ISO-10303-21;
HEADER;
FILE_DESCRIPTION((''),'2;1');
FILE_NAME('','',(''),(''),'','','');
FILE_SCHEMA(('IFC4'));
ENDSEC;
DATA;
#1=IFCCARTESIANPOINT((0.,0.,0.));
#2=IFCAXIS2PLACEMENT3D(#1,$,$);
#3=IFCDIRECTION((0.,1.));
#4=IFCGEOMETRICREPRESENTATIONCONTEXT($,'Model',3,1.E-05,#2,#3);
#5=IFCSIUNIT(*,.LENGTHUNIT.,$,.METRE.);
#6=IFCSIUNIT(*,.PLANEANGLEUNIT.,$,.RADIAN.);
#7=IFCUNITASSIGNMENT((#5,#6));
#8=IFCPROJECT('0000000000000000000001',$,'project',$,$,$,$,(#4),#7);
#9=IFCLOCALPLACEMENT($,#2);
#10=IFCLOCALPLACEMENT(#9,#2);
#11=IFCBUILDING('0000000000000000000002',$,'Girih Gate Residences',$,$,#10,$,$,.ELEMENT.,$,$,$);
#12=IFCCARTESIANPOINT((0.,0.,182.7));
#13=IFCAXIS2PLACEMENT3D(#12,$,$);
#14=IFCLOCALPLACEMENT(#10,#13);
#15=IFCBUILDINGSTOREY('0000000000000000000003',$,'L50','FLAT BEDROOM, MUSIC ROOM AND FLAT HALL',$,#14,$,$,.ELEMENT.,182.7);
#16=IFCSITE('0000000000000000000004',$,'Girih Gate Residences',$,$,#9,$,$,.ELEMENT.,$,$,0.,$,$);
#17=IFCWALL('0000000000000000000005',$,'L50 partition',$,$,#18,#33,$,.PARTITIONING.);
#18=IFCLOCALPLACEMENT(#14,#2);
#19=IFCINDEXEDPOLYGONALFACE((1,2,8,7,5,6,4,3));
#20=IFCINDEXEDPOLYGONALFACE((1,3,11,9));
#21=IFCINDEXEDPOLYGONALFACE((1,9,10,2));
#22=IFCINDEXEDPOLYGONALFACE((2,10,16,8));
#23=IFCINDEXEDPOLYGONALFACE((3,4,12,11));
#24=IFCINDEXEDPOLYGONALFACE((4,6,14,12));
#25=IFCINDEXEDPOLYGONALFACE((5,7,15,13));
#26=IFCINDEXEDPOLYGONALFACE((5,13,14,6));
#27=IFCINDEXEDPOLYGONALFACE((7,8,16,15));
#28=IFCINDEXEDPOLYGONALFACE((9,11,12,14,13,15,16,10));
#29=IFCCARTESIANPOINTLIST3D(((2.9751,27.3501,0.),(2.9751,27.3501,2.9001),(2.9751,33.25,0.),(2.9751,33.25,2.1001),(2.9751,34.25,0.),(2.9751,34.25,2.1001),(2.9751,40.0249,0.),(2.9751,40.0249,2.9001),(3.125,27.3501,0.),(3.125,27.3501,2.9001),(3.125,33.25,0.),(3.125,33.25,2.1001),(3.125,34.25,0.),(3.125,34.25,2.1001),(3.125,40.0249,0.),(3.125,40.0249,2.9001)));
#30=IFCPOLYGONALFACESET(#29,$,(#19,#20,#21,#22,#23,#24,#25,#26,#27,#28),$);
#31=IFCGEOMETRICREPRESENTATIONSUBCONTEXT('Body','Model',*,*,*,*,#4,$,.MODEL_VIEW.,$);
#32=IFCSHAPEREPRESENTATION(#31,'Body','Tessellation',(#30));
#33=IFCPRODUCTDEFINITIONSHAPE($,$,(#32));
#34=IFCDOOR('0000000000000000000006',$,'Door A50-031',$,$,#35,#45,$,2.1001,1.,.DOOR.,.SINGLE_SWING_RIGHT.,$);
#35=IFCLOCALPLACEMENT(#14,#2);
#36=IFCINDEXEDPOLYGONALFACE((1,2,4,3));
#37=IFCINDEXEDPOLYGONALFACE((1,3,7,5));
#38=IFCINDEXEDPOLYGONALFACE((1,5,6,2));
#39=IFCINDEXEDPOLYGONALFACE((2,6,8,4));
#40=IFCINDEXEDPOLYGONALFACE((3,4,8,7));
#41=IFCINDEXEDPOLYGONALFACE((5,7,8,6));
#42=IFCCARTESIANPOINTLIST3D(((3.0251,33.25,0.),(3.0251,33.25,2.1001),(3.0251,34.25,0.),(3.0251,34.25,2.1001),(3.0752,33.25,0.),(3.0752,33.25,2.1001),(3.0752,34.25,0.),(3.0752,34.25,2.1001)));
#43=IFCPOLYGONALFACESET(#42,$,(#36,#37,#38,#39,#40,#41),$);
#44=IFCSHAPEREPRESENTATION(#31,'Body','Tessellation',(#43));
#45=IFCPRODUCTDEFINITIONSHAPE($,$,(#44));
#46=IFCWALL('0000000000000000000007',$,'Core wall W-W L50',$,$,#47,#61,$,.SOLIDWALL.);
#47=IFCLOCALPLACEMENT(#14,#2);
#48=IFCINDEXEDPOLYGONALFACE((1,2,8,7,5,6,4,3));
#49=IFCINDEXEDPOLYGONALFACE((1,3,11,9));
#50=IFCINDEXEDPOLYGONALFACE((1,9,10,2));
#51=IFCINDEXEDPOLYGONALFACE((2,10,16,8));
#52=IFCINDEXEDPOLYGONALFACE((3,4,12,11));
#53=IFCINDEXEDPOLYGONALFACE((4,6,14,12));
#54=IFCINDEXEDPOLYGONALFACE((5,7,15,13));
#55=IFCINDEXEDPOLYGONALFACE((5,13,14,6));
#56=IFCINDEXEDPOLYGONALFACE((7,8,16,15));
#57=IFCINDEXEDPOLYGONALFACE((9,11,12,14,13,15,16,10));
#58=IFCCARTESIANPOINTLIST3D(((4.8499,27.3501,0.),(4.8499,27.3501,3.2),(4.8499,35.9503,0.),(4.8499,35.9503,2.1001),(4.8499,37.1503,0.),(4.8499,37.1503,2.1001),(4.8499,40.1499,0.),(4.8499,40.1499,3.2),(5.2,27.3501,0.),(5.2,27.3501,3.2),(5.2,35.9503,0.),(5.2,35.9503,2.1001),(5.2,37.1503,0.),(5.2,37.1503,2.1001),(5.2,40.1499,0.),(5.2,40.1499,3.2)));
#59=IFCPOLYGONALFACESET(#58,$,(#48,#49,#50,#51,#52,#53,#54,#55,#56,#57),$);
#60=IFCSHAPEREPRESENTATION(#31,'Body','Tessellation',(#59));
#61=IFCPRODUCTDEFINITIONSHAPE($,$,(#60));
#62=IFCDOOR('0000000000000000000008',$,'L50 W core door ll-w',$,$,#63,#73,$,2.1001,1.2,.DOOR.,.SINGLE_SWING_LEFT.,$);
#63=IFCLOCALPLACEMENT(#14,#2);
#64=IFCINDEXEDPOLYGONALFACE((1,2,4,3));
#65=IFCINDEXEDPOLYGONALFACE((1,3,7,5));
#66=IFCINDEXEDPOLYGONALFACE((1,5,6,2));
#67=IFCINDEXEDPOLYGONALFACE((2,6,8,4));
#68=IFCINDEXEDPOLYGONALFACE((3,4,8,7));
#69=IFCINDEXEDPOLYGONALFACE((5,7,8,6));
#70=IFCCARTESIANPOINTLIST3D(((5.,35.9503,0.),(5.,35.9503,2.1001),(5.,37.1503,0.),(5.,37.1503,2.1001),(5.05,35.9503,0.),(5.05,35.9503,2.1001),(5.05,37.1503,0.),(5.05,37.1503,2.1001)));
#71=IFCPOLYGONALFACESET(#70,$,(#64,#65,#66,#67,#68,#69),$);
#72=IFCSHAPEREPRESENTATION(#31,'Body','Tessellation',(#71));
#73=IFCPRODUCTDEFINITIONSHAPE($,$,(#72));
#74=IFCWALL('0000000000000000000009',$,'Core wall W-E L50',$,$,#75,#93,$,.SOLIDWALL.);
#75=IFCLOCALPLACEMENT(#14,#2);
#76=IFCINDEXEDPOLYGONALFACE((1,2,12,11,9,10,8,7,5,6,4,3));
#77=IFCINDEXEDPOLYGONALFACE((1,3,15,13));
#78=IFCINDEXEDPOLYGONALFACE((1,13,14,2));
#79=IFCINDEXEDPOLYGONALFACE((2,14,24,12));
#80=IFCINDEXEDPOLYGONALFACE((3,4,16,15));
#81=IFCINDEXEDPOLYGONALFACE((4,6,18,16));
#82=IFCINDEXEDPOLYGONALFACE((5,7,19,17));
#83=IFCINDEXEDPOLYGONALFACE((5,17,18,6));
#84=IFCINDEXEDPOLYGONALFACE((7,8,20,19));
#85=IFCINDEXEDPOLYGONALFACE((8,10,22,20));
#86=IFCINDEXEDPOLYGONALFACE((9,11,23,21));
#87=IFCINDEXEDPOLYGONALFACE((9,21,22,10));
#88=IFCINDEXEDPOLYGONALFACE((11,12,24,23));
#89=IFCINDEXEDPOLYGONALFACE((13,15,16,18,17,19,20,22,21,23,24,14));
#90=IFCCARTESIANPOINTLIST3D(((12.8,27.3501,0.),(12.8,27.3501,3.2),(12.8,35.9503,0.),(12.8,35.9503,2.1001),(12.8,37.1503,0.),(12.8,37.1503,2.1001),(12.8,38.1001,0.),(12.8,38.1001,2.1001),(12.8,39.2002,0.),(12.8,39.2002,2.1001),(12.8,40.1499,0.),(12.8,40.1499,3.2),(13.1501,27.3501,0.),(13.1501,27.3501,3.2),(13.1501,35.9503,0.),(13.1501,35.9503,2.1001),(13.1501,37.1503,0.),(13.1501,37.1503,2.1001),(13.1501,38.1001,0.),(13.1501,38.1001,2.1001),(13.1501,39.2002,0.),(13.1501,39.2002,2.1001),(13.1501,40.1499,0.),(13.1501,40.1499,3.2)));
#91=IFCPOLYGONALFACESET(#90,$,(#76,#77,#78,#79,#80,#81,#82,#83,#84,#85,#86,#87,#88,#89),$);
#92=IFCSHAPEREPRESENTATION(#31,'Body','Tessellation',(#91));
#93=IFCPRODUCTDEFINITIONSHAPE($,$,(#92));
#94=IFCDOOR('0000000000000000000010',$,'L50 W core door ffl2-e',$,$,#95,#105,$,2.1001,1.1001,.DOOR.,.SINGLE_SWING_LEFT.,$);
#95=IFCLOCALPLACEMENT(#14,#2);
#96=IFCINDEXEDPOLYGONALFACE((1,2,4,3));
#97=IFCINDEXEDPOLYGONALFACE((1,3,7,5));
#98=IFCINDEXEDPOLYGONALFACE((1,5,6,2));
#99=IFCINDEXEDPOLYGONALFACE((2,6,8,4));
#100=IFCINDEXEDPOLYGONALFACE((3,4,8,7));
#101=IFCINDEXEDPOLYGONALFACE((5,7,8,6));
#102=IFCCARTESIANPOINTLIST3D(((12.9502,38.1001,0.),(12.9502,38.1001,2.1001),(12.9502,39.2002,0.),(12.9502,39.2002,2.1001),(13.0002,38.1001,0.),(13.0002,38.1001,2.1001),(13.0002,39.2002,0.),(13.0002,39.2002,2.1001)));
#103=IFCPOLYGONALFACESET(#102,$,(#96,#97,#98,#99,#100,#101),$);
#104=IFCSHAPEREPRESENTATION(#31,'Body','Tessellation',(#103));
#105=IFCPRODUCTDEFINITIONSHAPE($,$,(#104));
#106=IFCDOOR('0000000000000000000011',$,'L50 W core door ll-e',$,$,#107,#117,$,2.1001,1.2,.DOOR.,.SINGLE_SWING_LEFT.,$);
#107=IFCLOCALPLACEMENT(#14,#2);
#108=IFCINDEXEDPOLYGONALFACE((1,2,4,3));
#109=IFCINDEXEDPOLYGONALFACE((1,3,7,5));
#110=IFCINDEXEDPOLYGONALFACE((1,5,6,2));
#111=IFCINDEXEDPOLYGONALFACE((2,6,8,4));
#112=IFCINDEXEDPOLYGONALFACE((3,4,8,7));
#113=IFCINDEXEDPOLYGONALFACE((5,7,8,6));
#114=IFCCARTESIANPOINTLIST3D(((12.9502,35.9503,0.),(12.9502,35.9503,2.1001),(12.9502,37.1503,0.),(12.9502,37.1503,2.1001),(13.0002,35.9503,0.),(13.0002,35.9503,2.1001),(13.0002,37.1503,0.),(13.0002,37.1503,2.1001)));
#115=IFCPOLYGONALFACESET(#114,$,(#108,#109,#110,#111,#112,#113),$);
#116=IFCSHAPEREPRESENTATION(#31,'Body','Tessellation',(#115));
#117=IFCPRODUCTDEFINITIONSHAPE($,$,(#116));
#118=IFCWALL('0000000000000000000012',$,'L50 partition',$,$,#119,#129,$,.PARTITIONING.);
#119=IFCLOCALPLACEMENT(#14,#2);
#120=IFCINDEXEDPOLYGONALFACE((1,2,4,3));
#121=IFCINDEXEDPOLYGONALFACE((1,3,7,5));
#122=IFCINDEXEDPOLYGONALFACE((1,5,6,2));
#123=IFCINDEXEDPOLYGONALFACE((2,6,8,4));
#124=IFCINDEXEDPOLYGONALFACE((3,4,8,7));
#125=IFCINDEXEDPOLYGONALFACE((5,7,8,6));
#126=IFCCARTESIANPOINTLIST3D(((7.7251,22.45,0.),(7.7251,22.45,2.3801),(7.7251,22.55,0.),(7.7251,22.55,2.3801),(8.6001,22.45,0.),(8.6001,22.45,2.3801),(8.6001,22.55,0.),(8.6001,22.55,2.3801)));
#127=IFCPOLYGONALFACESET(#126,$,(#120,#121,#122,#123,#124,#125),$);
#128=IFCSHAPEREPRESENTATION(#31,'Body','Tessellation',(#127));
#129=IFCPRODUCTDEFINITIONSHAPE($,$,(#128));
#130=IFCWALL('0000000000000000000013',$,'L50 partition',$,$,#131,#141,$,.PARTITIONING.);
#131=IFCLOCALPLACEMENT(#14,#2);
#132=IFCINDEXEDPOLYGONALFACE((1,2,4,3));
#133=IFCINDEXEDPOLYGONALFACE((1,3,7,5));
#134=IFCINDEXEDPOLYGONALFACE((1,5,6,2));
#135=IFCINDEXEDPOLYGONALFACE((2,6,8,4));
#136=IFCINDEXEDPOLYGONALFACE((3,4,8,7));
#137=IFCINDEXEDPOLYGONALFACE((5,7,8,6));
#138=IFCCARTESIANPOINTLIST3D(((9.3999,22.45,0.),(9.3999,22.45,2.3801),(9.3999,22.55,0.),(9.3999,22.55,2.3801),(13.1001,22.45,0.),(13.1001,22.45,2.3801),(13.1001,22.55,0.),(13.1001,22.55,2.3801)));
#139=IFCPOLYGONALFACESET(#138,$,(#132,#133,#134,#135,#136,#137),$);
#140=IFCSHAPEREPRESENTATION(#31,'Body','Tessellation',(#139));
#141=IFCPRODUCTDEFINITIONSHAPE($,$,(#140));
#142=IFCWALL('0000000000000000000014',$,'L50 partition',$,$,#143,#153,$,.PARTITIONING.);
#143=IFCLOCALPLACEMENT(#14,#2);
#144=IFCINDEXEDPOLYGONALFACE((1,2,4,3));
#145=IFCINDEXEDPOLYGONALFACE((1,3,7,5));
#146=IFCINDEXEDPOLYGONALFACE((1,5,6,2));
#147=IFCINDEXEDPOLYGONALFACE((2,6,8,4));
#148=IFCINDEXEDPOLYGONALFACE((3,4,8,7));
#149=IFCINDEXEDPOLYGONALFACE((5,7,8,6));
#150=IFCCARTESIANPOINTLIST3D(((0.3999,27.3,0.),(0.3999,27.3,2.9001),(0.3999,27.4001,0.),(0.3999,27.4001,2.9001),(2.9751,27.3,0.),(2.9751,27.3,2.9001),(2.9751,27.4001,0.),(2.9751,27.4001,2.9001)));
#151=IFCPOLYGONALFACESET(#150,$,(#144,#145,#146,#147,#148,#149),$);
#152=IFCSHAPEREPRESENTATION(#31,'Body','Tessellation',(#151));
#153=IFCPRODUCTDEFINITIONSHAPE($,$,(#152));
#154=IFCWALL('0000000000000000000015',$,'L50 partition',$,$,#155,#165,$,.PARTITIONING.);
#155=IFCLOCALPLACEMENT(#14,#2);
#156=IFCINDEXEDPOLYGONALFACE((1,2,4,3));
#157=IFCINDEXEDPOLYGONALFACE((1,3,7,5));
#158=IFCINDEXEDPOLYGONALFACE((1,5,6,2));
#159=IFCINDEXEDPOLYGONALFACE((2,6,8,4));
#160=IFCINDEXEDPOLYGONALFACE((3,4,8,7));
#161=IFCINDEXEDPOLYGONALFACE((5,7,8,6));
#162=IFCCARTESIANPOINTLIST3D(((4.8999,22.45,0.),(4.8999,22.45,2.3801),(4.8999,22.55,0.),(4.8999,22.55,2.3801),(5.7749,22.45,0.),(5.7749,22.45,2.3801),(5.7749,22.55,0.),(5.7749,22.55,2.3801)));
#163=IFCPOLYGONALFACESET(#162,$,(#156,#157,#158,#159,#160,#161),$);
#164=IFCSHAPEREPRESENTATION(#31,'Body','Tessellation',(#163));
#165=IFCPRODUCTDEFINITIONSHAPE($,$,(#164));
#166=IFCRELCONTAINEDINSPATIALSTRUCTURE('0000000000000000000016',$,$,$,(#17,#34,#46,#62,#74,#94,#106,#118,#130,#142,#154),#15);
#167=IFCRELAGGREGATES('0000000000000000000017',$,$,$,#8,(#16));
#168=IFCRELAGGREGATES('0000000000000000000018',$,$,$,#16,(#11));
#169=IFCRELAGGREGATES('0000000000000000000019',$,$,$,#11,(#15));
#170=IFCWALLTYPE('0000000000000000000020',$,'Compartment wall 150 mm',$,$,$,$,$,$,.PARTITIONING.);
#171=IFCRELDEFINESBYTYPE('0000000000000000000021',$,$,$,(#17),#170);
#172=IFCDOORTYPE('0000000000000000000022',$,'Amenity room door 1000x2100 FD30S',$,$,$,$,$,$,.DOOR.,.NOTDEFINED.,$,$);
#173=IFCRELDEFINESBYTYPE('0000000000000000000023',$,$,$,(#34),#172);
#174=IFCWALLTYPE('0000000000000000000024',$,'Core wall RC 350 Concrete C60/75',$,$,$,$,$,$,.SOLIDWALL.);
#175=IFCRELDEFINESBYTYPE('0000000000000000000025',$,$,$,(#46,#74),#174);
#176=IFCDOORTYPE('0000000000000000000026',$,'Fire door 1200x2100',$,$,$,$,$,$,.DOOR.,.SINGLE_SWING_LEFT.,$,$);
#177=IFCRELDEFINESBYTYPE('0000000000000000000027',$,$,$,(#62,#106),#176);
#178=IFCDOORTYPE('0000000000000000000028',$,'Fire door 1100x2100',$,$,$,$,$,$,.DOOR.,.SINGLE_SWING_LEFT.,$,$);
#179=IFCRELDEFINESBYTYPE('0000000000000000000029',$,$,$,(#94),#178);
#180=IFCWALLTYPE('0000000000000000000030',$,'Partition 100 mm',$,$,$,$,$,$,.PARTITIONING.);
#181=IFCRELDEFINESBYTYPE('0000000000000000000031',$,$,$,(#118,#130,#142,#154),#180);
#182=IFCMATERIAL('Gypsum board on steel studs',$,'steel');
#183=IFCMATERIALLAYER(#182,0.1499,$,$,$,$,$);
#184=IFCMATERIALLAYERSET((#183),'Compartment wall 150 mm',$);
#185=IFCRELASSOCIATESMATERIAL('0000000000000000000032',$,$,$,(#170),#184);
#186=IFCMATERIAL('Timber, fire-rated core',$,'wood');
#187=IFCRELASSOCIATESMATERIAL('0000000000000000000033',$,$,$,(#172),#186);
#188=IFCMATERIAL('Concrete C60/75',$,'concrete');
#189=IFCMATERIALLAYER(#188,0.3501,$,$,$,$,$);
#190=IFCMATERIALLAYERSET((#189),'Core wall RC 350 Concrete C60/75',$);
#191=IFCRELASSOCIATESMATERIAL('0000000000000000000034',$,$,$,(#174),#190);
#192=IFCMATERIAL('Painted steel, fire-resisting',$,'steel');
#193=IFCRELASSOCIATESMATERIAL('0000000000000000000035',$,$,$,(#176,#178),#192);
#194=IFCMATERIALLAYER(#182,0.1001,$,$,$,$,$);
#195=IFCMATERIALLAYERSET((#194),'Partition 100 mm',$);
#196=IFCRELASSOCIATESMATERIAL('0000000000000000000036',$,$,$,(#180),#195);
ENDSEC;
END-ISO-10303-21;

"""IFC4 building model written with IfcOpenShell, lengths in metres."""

from ifc_helpers import new_model, si_unit, direction, frame, frame_2d, origin, place, context, subcontext, project, spatial, rectangle, extrude, material, layer, layer_set, type_object, element, fill, save


model = new_model("IFC4")

# Units and contexts
model_context = context("Model", 3, precision=1e-05, world=origin(), true_north=direction((0.0, 1.0)))
body_context = subcontext(model_context, "Body", "Model", "MODEL_VIEW")
ifc_project = project(units=[si_unit("LENGTHUNIT", "METRE"), si_unit("PLANEANGLEUNIT", "RADIAN")], contexts=[model_context])

# Site, building, storey
site_placement = place(None, origin())
site = spatial("IfcSite", under=ifc_project, at=site_placement, Name="Girih Gate Residences", CompositionType="ELEMENT", RefElevation=0.0)
building_placement = place(site_placement, origin())
building = spatial("IfcBuilding", under=site, at=building_placement, Name="Girih Gate Residences", CompositionType="ELEMENT")
storey_placement = place(building_placement, frame((0.0, 0.0, 182.7)))
storey = spatial("IfcBuildingStorey", under=building, at=storey_placement, Name="L50", Description="FLAT BEDROOM, MUSIC ROOM AND FLAT HALL", CompositionType="ELEMENT", Elevation=182.7)

# Shared definitions
ifc_material_1 = material(Name="Concrete C60/75", Category="concrete")

# Shared definitions
ifc_material_2 = material(Name="Gypsum board on steel studs", Category="steel")
ifc_layer_1 = layer(ifc_material_2, 0.1499)
ifc_layer_set_1 = layer_set([ifc_layer_1], Name="Compartment wall 150 mm")
wall_type_1 = type_object("IfcWallType", Name="Compartment wall 150 mm", PredefinedType="PARTITIONING", material=ifc_layer_set_1)
ifc_material_3 = material(Name="Timber, fire-rated core", Category="wood")
door_type_1 = type_object("IfcDoorType", Name="Amenity room door 1000x2100 FD30S", OperationType="NOTDEFINED", PredefinedType="DOOR", material=ifc_material_3)

# Walls, openings, doors
wall_1_placement = place(storey_placement, frame((3.05, 27.3501, 0.0), z_axis=(0.0, 0.0, 1.0), x_axis=(0.0, 1.0, 0.0)))
wall_1 = element("IfcWall", 1, at=wall_1_placement, inside=storey, type_object=wall_type_1, Name="L50 partition", PredefinedType="PARTITIONING", context=body_context, shape_type="SweptSolid", body=[
    extrude(rectangle(XDim=12.6748, YDim=0.1499, at=frame_2d((6.3374, 0.0))), origin(), (0.0, 0.0, 1.0), 2.9001),
])
opening_1_placement = place(wall_1_placement, frame((5.8999, 0.0, 0.0)))
opening_1 = element("IfcOpeningElement", 2, at=opening_1_placement, cuts=wall_1, PredefinedType="OPENING", context=body_context, shape_type="SweptSolid", body=[
    extrude(rectangle(XDim=1.0, YDim=2.1001, at=frame_2d((0.5, 1.05))), frame((0.0, 0.085, 0.0), z_axis=(0.0, -1.0, 0.0), x_axis=(1.0, 0.0, 0.0)), (0.0, 0.0, 1.0), 0.1699),
])
door_1_placement = place(opening_1_placement, origin())
door_1 = element("IfcDoor", 3, at=door_1_placement, inside=storey, type_object=door_type_1, Name="Door A50-031", OperationType="SINGLE_SWING_RIGHT", OverallHeight=2.1001, OverallWidth=1.0, PredefinedType="DOOR", context=body_context, shape_type="SweptSolid", body=[
    extrude(rectangle(XDim=1.0, YDim=2.1001, at=frame_2d((0.5, 1.05))), frame((0.0, 0.0249, 0.0), z_axis=(0.0, -1.0, 0.0), x_axis=(1.0, 0.0, 0.0)), (0.0, 0.0, 1.0), 0.05),
])
fill(opening_1, door_1)
ifc_layer_2 = layer(ifc_material_1, 0.3501)
ifc_layer_set_2 = layer_set([ifc_layer_2], Name="Core wall RC 350 Concrete C60/75")
wall_type_2 = type_object("IfcWallType", Name="Core wall RC 350 Concrete C60/75", PredefinedType="SOLIDWALL", material=ifc_layer_set_2)
wall_2_placement = place(storey_placement, frame((5.0249, 27.3501, 0.0), z_axis=(0.0, 0.0, 1.0), x_axis=(0.0, 1.0, 0.0)))
wall_2 = element("IfcWall", 4, at=wall_2_placement, inside=storey, type_object=wall_type_2, Name="Core wall W-W L50", PredefinedType="SOLIDWALL", context=body_context, shape_type="SweptSolid", body=[
    extrude(rectangle(XDim=12.7998, YDim=0.3501, at=frame_2d((6.3999, 0.0))), origin(), (0.0, 0.0, 1.0), 3.2),
])
opening_2_placement = place(wall_2_placement, frame((8.6001, 0.0, 0.0)))
opening_2 = element("IfcOpeningElement", 5, at=opening_2_placement, cuts=wall_2, PredefinedType="OPENING", context=body_context, shape_type="SweptSolid", body=[
    extrude(rectangle(XDim=1.2, YDim=2.1001, at=frame_2d((0.6001, 1.05))), frame((0.0, 0.1851, 0.0), z_axis=(0.0, -1.0, 0.0), x_axis=(1.0, 0.0, 0.0)), (0.0, 0.0, 1.0), 0.3701),
])
ifc_material_4 = material(Name="Painted steel, fire-resisting", Category="steel")
door_type_2 = type_object("IfcDoorType", Name="Fire door 1200x2100", OperationType="SINGLE_SWING_LEFT", PredefinedType="DOOR", material=ifc_material_4)
door_2_placement = place(opening_2_placement, origin())
door_2 = element("IfcDoor", 6, at=door_2_placement, inside=storey, type_object=door_type_2, Name="L50 W core door ll-w", OperationType="SINGLE_SWING_LEFT", OverallHeight=2.1001, OverallWidth=1.2, PredefinedType="DOOR", context=body_context, shape_type="SweptSolid", body=[
    extrude(rectangle(XDim=1.2, YDim=2.1001, at=frame_2d((0.6001, 1.05))), frame((0.0, 0.0249, 0.0), z_axis=(0.0, -1.0, 0.0), x_axis=(1.0, 0.0, 0.0)), (0.0, 0.0, 1.0), 0.05),
])
fill(opening_2, door_2)

# Wall, openings, doors
wall_3_placement = place(storey_placement, frame((12.9751, 27.3501, 0.0), z_axis=(0.0, 0.0, 1.0), x_axis=(0.0, 1.0, 0.0)))
wall_3 = element("IfcWall", 7, at=wall_3_placement, inside=storey, type_object=wall_type_2, Name="Core wall W-E L50", PredefinedType="SOLIDWALL", context=body_context, shape_type="SweptSolid", body=[
    extrude(rectangle(XDim=12.7998, YDim=0.3501, at=frame_2d((6.3999, 0.0))), origin(), (0.0, 0.0, 1.0), 3.2),
])
opening_3_placement = place(wall_3_placement, frame((10.75, 0.0, 0.0)))
opening_3 = element("IfcOpeningElement", 8, at=opening_3_placement, cuts=wall_3, PredefinedType="OPENING", context=body_context, shape_type="SweptSolid", body=[
    extrude(rectangle(XDim=1.1001, YDim=2.1001, at=frame_2d((0.55, 1.05))), frame((0.0, 0.1851, 0.0), z_axis=(0.0, -1.0, 0.0), x_axis=(1.0, 0.0, 0.0)), (0.0, 0.0, 1.0), 0.3701),
])
opening_4_placement = place(wall_3_placement, frame((8.6001, 0.0, 0.0)))
opening_4 = element("IfcOpeningElement", 9, at=opening_4_placement, cuts=wall_3, PredefinedType="OPENING", context=body_context, shape_type="SweptSolid", body=[
    extrude(rectangle(XDim=1.2, YDim=2.1001, at=frame_2d((0.6001, 1.05))), frame((0.0, 0.1851, 0.0), z_axis=(0.0, -1.0, 0.0), x_axis=(1.0, 0.0, 0.0)), (0.0, 0.0, 1.0), 0.3701),
])
door_type_3 = type_object("IfcDoorType", Name="Fire door 1100x2100", OperationType="SINGLE_SWING_LEFT", PredefinedType="DOOR", material=ifc_material_4)
door_3_placement = place(opening_3_placement, origin())
door_3 = element("IfcDoor", 10, at=door_3_placement, inside=storey, type_object=door_type_3, Name="L50 W core door ffl2-e", OperationType="SINGLE_SWING_LEFT", OverallHeight=2.1001, OverallWidth=1.1001, PredefinedType="DOOR", context=body_context, shape_type="SweptSolid", body=[
    extrude(rectangle(XDim=1.1001, YDim=2.1001, at=frame_2d((0.55, 1.05))), frame((0.0, 0.0249, 0.0), z_axis=(0.0, -1.0, 0.0), x_axis=(1.0, 0.0, 0.0)), (0.0, 0.0, 1.0), 0.05),
])
fill(opening_3, door_3)
door_4_placement = place(opening_4_placement, origin())
door_4 = element("IfcDoor", 11, at=door_4_placement, inside=storey, type_object=door_type_2, Name="L50 W core door ll-e", OperationType="SINGLE_SWING_LEFT", OverallHeight=2.1001, OverallWidth=1.2, PredefinedType="DOOR", context=body_context, shape_type="SweptSolid", body=[
    extrude(rectangle(XDim=1.2, YDim=2.1001, at=frame_2d((0.6001, 1.05))), frame((0.0, 0.0249, 0.0), z_axis=(0.0, -1.0, 0.0), x_axis=(1.0, 0.0, 0.0)), (0.0, 0.0, 1.0), 0.05),
])
fill(opening_4, door_4)

# Walls
ifc_layer_3 = layer(ifc_material_2, 0.1001)
ifc_layer_set_3 = layer_set([ifc_layer_3], Name="Partition 100 mm")
wall_type_3 = type_object("IfcWallType", Name="Partition 100 mm", PredefinedType="PARTITIONING", material=ifc_layer_set_3)
wall_4_placement = place(storey_placement, frame((7.7251, 22.5, 0.0), z_axis=(0.0, 0.0, 1.0), x_axis=(1.0, 0.0, 0.0)))
element("IfcWall", 12, at=wall_4_placement, inside=storey, type_object=wall_type_3, Name="L50 partition", PredefinedType="PARTITIONING", context=body_context, shape_type="SweptSolid", body=[
    extrude(rectangle(XDim=0.875, YDim=0.1001, at=frame_2d((0.4375, 0.0))), origin(), (0.0, 0.0, 1.0), 2.3801),
])
wall_5_placement = place(storey_placement, frame((9.3999, 22.5, 0.0), z_axis=(0.0, 0.0, 1.0), x_axis=(1.0, 0.0, 0.0)))
element("IfcWall", 13, at=wall_5_placement, inside=storey, type_object=wall_type_3, Name="L50 partition", PredefinedType="PARTITIONING", context=body_context, shape_type="SweptSolid", body=[
    extrude(rectangle(XDim=3.7002, YDim=0.1001, at=frame_2d((1.8501, 0.0))), origin(), (0.0, 0.0, 1.0), 2.3801),
])
wall_6_placement = place(storey_placement, frame((0.3999, 27.3501, 0.0), z_axis=(0.0, 0.0, 1.0), x_axis=(1.0, 0.0, 0.0)))
element("IfcWall", 14, at=wall_6_placement, inside=storey, type_object=wall_type_3, Name="L50 partition", PredefinedType="PARTITIONING", context=body_context, shape_type="SweptSolid", body=[
    extrude(rectangle(XDim=2.5752, YDim=0.1001, at=frame_2d((1.2876, 0.0))), origin(), (0.0, 0.0, 1.0), 2.9001),
])
wall_7_placement = place(storey_placement, frame((4.8999, 22.5, 0.0), z_axis=(0.0, 0.0, 1.0), x_axis=(1.0, 0.0, 0.0)))
element("IfcWall", 15, at=wall_7_placement, inside=storey, type_object=wall_type_3, Name="L50 partition", PredefinedType="PARTITIONING", context=body_context, shape_type="SweptSolid", body=[
    extrude(rectangle(XDim=0.875, YDim=0.1001, at=frame_2d((0.4375, 0.0))), origin(), (0.0, 0.0, 1.0), 2.3801),
])

save(model, "model.ifc")
